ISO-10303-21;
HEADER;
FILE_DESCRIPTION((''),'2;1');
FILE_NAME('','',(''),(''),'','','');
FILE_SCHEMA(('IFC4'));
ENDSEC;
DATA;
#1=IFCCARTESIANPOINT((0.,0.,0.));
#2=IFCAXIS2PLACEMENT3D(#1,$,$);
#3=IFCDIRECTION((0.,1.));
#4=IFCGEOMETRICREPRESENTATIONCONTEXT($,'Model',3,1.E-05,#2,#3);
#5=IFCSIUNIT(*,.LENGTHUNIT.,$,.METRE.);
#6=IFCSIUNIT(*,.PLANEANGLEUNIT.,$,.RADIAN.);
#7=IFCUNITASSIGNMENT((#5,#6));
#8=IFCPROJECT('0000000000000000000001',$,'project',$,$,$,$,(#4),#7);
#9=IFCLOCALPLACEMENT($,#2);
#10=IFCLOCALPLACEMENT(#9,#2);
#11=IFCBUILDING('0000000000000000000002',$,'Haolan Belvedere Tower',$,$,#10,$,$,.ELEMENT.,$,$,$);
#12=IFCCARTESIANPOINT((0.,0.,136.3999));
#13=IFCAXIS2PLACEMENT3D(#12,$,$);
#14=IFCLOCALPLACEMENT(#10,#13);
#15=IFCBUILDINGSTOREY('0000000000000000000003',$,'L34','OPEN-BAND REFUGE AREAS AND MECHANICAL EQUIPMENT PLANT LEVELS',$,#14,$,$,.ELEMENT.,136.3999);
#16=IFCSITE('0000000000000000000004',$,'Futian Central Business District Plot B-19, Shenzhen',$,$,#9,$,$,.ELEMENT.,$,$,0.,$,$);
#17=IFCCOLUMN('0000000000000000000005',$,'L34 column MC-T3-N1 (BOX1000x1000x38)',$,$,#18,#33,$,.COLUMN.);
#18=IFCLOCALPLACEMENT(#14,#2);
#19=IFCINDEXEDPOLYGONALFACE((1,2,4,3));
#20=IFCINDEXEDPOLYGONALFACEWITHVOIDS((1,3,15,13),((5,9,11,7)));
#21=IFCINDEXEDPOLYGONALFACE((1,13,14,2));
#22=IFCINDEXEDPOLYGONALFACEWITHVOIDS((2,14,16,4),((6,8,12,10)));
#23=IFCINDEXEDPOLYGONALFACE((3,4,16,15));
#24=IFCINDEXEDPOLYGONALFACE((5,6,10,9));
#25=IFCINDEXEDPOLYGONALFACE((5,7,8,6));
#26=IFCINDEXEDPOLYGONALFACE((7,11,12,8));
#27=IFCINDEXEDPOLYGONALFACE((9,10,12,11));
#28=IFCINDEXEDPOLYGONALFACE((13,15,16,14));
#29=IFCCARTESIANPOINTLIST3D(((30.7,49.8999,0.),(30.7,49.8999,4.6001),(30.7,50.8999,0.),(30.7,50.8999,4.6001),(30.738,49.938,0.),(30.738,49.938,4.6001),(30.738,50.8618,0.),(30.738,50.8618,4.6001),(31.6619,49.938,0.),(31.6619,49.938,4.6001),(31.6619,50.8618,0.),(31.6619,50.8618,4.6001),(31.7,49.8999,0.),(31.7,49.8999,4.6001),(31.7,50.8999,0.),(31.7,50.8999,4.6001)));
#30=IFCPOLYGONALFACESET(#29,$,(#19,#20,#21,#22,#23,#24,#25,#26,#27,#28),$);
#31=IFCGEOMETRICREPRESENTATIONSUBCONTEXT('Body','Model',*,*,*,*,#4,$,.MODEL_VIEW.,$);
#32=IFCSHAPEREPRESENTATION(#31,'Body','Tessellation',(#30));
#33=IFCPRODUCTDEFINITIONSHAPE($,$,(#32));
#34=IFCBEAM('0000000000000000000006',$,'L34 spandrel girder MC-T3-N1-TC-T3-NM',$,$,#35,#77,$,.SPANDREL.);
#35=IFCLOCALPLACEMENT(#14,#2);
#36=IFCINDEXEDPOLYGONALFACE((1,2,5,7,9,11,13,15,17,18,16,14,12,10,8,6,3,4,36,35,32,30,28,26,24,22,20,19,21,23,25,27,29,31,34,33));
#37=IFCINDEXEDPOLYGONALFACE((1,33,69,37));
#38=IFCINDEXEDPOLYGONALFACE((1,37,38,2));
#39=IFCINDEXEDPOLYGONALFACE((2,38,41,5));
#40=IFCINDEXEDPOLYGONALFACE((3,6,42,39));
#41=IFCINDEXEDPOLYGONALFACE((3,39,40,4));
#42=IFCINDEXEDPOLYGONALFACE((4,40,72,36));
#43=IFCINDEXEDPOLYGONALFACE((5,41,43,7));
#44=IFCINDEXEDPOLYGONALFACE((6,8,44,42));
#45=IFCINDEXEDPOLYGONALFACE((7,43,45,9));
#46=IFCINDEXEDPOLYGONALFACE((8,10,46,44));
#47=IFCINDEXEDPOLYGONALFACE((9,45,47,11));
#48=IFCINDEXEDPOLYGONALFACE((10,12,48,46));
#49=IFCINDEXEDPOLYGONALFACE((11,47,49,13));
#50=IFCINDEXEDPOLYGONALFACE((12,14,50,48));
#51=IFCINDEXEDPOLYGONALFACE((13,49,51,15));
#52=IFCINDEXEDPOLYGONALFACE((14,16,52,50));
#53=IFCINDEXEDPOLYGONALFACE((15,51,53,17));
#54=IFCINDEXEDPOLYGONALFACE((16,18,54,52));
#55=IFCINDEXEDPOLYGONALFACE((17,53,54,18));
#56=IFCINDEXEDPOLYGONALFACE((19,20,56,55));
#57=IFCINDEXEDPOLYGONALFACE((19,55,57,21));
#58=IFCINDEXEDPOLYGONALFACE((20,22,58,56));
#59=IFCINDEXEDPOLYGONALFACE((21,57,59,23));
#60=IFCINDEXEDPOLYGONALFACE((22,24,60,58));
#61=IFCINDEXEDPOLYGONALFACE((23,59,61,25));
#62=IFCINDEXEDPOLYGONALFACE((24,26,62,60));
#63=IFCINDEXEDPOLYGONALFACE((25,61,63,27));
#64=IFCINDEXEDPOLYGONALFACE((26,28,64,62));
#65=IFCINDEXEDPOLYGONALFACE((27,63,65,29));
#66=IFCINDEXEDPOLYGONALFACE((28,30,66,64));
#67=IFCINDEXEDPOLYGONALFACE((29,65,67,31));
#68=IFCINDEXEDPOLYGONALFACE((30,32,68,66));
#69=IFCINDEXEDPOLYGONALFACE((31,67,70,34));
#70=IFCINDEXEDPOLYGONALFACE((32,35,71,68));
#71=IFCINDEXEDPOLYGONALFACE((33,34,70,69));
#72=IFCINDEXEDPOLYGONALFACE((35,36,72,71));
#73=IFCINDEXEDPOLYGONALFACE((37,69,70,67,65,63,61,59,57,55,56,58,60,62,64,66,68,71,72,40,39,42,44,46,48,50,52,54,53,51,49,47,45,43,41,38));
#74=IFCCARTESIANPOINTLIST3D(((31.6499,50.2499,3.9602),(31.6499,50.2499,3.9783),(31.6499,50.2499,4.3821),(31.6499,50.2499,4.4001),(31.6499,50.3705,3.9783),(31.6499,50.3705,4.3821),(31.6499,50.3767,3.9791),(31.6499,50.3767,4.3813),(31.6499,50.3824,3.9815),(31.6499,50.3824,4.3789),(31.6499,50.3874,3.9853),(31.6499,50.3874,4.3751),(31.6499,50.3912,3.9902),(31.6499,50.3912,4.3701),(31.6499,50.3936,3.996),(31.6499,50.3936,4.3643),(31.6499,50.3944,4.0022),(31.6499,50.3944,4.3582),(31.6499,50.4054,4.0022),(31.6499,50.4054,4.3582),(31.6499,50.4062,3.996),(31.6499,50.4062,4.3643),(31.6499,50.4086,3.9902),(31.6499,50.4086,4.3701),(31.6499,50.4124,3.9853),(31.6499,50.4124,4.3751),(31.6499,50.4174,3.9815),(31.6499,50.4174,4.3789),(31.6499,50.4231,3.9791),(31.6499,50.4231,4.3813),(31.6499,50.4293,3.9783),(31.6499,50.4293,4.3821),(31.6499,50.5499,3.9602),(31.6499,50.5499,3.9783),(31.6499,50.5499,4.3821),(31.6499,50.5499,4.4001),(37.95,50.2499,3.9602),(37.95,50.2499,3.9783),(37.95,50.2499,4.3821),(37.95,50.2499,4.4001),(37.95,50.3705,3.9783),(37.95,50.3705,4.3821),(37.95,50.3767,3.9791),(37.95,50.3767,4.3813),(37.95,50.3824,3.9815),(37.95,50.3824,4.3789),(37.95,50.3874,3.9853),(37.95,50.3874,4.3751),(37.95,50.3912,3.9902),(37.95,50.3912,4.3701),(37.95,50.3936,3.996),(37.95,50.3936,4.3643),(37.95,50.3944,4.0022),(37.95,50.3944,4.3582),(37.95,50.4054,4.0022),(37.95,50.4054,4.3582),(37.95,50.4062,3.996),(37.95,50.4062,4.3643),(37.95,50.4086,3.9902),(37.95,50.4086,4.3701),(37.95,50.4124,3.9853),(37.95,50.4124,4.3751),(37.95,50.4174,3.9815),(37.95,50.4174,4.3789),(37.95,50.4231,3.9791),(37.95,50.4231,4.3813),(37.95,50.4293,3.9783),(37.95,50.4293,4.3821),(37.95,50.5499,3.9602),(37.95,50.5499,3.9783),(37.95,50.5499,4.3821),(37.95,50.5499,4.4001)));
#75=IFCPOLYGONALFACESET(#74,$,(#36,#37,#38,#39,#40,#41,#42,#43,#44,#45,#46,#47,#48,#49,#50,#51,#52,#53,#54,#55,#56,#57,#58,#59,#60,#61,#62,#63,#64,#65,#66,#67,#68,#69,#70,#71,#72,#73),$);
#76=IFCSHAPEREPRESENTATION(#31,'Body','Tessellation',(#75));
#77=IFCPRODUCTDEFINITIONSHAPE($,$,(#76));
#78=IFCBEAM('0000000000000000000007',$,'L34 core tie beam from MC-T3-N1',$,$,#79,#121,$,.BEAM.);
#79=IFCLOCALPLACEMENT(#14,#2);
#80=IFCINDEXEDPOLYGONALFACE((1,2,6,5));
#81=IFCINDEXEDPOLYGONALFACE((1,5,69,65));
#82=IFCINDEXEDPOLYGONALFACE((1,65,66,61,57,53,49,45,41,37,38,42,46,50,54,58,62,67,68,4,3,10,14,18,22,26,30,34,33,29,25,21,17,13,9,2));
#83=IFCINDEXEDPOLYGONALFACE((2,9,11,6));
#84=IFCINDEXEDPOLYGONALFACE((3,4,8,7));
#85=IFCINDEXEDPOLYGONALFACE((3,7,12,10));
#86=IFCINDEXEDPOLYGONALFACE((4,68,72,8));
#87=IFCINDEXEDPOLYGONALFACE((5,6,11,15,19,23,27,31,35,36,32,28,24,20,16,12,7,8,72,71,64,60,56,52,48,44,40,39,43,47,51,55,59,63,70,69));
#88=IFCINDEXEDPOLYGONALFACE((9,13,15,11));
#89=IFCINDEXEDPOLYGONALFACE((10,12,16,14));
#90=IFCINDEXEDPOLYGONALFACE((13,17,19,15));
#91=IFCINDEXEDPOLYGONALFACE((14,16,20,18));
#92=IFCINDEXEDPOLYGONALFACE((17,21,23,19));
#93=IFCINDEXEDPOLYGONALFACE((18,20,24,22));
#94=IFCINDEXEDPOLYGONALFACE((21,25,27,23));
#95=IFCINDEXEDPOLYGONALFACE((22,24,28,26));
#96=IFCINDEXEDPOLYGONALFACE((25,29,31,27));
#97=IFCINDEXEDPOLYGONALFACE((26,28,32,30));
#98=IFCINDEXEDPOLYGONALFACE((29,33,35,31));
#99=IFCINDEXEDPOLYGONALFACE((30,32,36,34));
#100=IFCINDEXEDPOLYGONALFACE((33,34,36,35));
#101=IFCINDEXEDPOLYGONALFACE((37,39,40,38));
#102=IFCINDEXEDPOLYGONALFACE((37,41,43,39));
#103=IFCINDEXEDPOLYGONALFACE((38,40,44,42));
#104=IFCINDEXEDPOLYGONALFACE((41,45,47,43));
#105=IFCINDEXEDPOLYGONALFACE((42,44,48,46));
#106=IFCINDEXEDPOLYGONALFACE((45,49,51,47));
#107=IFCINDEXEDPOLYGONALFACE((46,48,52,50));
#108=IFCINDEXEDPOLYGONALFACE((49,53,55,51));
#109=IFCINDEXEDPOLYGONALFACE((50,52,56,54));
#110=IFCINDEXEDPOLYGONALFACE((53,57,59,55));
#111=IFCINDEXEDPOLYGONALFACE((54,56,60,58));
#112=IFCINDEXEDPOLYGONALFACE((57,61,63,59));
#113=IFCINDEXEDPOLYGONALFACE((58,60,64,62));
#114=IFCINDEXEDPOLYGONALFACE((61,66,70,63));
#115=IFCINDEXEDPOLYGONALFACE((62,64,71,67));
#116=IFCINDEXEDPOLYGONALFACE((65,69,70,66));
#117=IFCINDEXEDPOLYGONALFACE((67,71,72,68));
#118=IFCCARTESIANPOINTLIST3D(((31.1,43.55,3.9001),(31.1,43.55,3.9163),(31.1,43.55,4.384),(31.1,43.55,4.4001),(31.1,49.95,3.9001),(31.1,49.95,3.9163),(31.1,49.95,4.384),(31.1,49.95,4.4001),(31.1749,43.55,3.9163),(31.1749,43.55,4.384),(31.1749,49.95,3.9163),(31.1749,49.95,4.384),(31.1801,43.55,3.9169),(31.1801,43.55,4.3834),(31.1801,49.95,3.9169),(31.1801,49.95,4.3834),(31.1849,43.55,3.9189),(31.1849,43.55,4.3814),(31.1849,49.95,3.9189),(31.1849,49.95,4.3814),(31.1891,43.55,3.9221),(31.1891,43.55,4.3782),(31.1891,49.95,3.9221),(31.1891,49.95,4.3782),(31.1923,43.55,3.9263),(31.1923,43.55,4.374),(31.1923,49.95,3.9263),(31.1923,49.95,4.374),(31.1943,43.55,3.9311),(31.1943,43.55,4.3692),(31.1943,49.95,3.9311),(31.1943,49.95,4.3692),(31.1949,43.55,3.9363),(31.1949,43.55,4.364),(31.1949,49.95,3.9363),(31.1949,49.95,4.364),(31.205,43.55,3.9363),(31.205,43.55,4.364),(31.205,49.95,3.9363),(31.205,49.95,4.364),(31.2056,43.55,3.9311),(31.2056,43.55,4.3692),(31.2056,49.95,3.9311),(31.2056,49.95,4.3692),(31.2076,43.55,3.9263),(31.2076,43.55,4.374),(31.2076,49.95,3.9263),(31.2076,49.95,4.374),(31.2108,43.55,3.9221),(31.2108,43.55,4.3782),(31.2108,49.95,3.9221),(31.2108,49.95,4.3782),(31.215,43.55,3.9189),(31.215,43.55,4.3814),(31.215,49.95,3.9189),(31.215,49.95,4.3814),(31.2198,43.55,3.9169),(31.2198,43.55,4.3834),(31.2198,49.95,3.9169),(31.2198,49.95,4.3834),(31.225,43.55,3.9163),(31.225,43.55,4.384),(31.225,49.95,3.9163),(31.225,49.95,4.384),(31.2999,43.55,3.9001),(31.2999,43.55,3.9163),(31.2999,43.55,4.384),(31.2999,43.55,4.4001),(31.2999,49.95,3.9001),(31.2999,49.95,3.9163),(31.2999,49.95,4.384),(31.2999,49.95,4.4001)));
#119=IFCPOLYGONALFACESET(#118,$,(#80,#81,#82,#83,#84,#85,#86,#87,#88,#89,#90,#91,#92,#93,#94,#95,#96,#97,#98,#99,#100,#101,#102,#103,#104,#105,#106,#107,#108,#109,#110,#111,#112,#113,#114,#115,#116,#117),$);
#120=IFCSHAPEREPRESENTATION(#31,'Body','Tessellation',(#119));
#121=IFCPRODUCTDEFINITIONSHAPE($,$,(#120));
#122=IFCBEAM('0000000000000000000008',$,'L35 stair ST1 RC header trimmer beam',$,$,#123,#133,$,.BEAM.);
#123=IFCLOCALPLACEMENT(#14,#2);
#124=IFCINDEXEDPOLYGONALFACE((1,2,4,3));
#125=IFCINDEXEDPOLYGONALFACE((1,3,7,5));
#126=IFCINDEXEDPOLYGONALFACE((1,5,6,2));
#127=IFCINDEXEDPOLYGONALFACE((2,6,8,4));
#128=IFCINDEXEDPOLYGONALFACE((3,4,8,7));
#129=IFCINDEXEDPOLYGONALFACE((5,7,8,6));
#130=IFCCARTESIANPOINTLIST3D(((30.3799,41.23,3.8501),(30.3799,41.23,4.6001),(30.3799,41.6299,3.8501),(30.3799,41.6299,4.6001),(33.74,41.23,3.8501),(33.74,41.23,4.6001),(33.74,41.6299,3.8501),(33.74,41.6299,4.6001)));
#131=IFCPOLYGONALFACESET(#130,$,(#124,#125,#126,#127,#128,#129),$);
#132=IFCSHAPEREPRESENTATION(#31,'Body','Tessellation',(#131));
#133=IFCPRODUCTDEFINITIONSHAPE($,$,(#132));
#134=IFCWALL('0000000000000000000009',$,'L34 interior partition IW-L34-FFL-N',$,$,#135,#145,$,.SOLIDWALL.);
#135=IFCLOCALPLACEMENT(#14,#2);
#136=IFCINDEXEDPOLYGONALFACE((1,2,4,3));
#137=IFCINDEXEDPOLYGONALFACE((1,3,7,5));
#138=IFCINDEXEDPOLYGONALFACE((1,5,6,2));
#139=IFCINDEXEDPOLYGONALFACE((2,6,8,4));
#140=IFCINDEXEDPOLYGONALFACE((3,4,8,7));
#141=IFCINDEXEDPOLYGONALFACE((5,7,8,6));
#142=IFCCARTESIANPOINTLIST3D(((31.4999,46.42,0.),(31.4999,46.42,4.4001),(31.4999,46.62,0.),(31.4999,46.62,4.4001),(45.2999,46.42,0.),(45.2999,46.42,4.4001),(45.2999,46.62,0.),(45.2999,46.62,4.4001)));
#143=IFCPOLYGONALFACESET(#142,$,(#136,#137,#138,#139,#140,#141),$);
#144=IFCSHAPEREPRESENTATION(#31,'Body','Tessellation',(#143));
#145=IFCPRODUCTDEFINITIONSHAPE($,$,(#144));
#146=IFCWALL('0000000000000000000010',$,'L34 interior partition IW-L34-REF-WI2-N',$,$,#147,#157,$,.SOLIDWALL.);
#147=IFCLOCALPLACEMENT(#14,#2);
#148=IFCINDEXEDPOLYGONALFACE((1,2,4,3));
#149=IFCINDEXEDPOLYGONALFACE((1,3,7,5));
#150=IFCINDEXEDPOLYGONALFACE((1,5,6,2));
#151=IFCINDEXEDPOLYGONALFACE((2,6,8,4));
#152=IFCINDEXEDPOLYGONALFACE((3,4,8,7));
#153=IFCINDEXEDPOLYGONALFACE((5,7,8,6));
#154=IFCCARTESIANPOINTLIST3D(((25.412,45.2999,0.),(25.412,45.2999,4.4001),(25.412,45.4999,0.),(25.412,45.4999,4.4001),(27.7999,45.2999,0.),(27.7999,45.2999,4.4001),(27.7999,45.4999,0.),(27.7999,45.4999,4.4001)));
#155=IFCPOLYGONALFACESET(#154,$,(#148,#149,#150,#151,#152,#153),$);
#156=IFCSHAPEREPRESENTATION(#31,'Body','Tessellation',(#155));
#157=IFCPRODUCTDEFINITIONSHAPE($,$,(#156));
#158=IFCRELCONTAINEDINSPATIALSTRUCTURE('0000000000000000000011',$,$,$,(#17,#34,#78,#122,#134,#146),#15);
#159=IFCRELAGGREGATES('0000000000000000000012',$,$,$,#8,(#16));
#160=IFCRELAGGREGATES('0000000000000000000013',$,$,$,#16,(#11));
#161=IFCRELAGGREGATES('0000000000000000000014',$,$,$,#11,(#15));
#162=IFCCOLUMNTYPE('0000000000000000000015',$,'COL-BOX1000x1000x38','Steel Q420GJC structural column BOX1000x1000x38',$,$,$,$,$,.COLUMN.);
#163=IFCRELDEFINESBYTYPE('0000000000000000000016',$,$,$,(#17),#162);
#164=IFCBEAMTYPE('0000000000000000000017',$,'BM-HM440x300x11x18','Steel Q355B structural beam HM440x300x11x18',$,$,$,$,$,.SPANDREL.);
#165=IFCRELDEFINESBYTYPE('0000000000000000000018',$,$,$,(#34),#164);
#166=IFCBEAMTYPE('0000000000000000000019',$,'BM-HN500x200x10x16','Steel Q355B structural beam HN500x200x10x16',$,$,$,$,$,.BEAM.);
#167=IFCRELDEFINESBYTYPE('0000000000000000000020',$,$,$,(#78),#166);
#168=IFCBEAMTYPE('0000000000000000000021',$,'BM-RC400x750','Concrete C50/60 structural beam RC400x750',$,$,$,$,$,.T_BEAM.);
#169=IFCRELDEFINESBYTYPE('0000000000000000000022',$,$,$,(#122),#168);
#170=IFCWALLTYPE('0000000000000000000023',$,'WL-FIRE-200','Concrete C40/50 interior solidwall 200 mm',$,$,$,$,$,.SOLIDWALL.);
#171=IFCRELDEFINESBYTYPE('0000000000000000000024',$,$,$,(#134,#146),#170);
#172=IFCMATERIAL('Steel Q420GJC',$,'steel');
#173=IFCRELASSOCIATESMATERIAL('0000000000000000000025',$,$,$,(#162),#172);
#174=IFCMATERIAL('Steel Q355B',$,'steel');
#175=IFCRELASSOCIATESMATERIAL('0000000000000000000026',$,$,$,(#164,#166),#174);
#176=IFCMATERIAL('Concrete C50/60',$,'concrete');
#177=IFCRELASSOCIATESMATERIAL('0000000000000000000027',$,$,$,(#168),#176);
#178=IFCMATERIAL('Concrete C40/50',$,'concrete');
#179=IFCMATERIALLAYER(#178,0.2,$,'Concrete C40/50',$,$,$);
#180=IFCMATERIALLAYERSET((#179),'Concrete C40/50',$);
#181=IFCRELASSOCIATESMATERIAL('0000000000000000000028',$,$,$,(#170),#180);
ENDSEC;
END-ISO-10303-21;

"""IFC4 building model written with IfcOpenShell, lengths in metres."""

from ifc_helpers import new_model, si_unit, direction, frame, frame_2d, origin, origin_2d, place, context, subcontext, project, spatial, rectangle, hollow_rectangle, i_section, extrude, material, layer, layer_set, material_profile, profile_set, type_object, element, save


model = new_model("IFC4")

# Units and contexts
model_context = context("Model", 3, precision=1e-05, world=origin(), true_north=direction((0.0, 1.0)))
body_context = subcontext(model_context, "Body", "Model", "MODEL_VIEW")
ifc_project = project(units=[si_unit("LENGTHUNIT", "METRE"), si_unit("PLANEANGLEUNIT", "RADIAN")], contexts=[model_context])

# Site, building, storey
site_placement = place(None, origin())
site = spatial("IfcSite", under=ifc_project, at=site_placement, Name="Futian Central Business District Plot B-19, Shenzhen", CompositionType="ELEMENT", RefElevation=0.0)
building_placement = place(site_placement, origin())
building = spatial("IfcBuilding", under=site, at=building_placement, Name="Haolan Belvedere Tower", CompositionType="ELEMENT")
storey_placement = place(building_placement, frame((0.0, 0.0, 136.3999)))
storey = spatial("IfcBuildingStorey", under=building, at=storey_placement, Name="L34", Description="OPEN-BAND REFUGE AREAS AND MECHANICAL EQUIPMENT PLANT LEVELS", CompositionType="ELEMENT", Elevation=136.3999)

# Column
ifc_material_1 = material(Name="Steel Q420GJC", Category="steel")
ifc_material_profile_1 = material_profile(ifc_material_1, hollow_rectangle(XDim=1.0, YDim=1.0, WallThickness=0.0381, at=origin_2d()), Name="Steel Q420GJC")
ifc_profile_set_1 = profile_set([ifc_material_profile_1], Name="Steel Q420GJC")
column_type = type_object("IfcColumnType", Name="COL-BOX1000x1000x38", Description="Steel Q420GJC structural column BOX1000x1000x38", PredefinedType="COLUMN", material=ifc_profile_set_1)
column_placement = place(storey_placement, frame((31.2, 50.3999, 0.0), z_axis=(0.0, 0.0, 1.0), x_axis=(1.0, 0.0, 0.0)))
element("IfcColumn", 1, at=column_placement, inside=storey, type_object=column_type, Name="L34 column MC-T3-N1 (BOX1000x1000x38)", PredefinedType="COLUMN", context=body_context, shape_type="SweptSolid", body=[
    extrude(hollow_rectangle(XDim=1.0, YDim=1.0, WallThickness=0.0381, at=origin_2d()), origin(), (0.0, 0.0, 1.0), 4.6001),
])

# Beams
ifc_material_2 = material(Name="Steel Q355B", Category="steel")
ifc_material_profile_2 = material_profile(ifc_material_2, i_section(OverallWidth=0.3, OverallDepth=0.4399, WebThickness=0.011, FlangeThickness=0.0181, FilletRadius=0.0239, at=origin_2d()), Name="Steel Q355B")
ifc_profile_set_2 = profile_set([ifc_material_profile_2], Name="Steel Q355B")
beam_type_1 = type_object("IfcBeamType", Name="BM-HM440x300x11x18", Description="Steel Q355B structural beam HM440x300x11x18", PredefinedType="SPANDREL", material=ifc_profile_set_2)
beam_1_placement = place(storey_placement, frame((31.6499, 50.3999, 4.1802), z_axis=(1.0, 0.0, 0.0), x_axis=(0.0, 1.0, 0.0)))
element("IfcBeam", 2, at=beam_1_placement, inside=storey, type_object=beam_type_1, Name="L34 spandrel girder MC-T3-N1-TC-T3-NM", PredefinedType="SPANDREL", context=body_context, shape_type="SweptSolid", body=[
    extrude(i_section(OverallWidth=0.3, OverallDepth=0.4399, WebThickness=0.011, FlangeThickness=0.0181, FilletRadius=0.0239, at=origin_2d()), origin(), (0.0, 0.0, 1.0), 6.3),
])
ifc_material_profile_3 = material_profile(ifc_material_2, i_section(OverallWidth=0.2, OverallDepth=0.5, WebThickness=0.01, FlangeThickness=0.0161, FilletRadius=0.02, at=origin_2d()), Name="Steel Q355B")
ifc_profile_set_3 = profile_set([ifc_material_profile_3], Name="Steel Q355B")
beam_type_2 = type_object("IfcBeamType", Name="BM-HN500x200x10x16", Description="Steel Q355B structural beam HN500x200x10x16", PredefinedType="BEAM", material=ifc_profile_set_3)
beam_2_placement = place(storey_placement, frame((31.2, 49.95, 4.1501), z_axis=(0.0, -1.0, 0.0), x_axis=(1.0, 0.0, 0.0)))
element("IfcBeam", 3, at=beam_2_placement, inside=storey, type_object=beam_type_2, Name="L34 core tie beam from MC-T3-N1", PredefinedType="BEAM", context=body_context, shape_type="SweptSolid", body=[
    extrude(i_section(OverallWidth=0.2, OverallDepth=0.5, WebThickness=0.01, FlangeThickness=0.0161, FilletRadius=0.02, at=origin_2d()), origin(), (0.0, 0.0, 1.0), 6.3999),
])
ifc_material_3 = material(Name="Concrete C50/60", Category="concrete")
ifc_material_profile_4 = material_profile(ifc_material_3, rectangle(XDim=0.3999, YDim=0.75, at=origin_2d()), Name="Concrete C50/60")
ifc_profile_set_4 = profile_set([ifc_material_profile_4], Name="Concrete C50/60")
beam_type_3 = type_object("IfcBeamType", Name="BM-RC400x750", Description="Concrete C50/60 structural beam RC400x750", PredefinedType="T_BEAM", material=ifc_profile_set_4)
beam_3_placement = place(storey_placement, frame((30.3799, 41.4299, 4.2251), z_axis=(1.0, 0.0, 0.0), x_axis=(0.0, 1.0, 0.0)))
element("IfcBeam", 4, at=beam_3_placement, inside=storey, type_object=beam_type_3, Name="L35 stair ST1 RC header trimmer beam", PredefinedType="BEAM", context=body_context, shape_type="SweptSolid", body=[
    extrude(rectangle(XDim=0.3999, YDim=0.75, at=origin_2d()), origin(), (0.0, 0.0, 1.0), 3.3601),
])

# Wall
ifc_material_4 = material(Name="Concrete C40/50", Category="concrete")
ifc_layer_1 = layer(ifc_material_4, 0.2, Name="Concrete C40/50")
ifc_layer_set_1 = layer_set([ifc_layer_1], Name="Concrete C40/50")
wall_type_1 = type_object("IfcWallType", Name="WL-FIRE-200", Description="Concrete C40/50 interior solidwall 200 mm", PredefinedType="SOLIDWALL", material=ifc_layer_set_1)
wall_1_placement = place(storey_placement, frame((31.5, 46.52, 0.0), z_axis=(0.0, 0.0, 1.0), x_axis=(1.0, 0.0, 0.0)))
element("IfcWall", 5, at=wall_1_placement, inside=storey, type_object=wall_type_1, Name="L34 interior partition IW-L34-FFL-N", PredefinedType="SOLIDWALL", context=body_context, shape_type="SweptSolid", body=[
    extrude(rectangle(XDim=13.8, YDim=0.2, at=frame_2d((6.8999, 0.0))), origin(), (0.0, 0.0, 1.0), 4.4001),
])

# Wall
wall_2_placement = place(storey_placement, frame((25.4121, 45.3999, 0.0), z_axis=(0.0, 0.0, 1.0), x_axis=(1.0, 0.0, 0.0)))
element("IfcWall", 6, at=wall_2_placement, inside=storey, type_object=wall_type_1, Name="L34 interior partition IW-L34-REF-WI2-N", PredefinedType="SOLIDWALL", context=body_context, shape_type="SweptSolid", body=[
    extrude(rectangle(XDim=2.3879, YDim=0.2, at=frame_2d((1.1938, 0.0))), origin(), (0.0, 0.0, 1.0), 4.4001),
])

save(model, "model.ifc")
